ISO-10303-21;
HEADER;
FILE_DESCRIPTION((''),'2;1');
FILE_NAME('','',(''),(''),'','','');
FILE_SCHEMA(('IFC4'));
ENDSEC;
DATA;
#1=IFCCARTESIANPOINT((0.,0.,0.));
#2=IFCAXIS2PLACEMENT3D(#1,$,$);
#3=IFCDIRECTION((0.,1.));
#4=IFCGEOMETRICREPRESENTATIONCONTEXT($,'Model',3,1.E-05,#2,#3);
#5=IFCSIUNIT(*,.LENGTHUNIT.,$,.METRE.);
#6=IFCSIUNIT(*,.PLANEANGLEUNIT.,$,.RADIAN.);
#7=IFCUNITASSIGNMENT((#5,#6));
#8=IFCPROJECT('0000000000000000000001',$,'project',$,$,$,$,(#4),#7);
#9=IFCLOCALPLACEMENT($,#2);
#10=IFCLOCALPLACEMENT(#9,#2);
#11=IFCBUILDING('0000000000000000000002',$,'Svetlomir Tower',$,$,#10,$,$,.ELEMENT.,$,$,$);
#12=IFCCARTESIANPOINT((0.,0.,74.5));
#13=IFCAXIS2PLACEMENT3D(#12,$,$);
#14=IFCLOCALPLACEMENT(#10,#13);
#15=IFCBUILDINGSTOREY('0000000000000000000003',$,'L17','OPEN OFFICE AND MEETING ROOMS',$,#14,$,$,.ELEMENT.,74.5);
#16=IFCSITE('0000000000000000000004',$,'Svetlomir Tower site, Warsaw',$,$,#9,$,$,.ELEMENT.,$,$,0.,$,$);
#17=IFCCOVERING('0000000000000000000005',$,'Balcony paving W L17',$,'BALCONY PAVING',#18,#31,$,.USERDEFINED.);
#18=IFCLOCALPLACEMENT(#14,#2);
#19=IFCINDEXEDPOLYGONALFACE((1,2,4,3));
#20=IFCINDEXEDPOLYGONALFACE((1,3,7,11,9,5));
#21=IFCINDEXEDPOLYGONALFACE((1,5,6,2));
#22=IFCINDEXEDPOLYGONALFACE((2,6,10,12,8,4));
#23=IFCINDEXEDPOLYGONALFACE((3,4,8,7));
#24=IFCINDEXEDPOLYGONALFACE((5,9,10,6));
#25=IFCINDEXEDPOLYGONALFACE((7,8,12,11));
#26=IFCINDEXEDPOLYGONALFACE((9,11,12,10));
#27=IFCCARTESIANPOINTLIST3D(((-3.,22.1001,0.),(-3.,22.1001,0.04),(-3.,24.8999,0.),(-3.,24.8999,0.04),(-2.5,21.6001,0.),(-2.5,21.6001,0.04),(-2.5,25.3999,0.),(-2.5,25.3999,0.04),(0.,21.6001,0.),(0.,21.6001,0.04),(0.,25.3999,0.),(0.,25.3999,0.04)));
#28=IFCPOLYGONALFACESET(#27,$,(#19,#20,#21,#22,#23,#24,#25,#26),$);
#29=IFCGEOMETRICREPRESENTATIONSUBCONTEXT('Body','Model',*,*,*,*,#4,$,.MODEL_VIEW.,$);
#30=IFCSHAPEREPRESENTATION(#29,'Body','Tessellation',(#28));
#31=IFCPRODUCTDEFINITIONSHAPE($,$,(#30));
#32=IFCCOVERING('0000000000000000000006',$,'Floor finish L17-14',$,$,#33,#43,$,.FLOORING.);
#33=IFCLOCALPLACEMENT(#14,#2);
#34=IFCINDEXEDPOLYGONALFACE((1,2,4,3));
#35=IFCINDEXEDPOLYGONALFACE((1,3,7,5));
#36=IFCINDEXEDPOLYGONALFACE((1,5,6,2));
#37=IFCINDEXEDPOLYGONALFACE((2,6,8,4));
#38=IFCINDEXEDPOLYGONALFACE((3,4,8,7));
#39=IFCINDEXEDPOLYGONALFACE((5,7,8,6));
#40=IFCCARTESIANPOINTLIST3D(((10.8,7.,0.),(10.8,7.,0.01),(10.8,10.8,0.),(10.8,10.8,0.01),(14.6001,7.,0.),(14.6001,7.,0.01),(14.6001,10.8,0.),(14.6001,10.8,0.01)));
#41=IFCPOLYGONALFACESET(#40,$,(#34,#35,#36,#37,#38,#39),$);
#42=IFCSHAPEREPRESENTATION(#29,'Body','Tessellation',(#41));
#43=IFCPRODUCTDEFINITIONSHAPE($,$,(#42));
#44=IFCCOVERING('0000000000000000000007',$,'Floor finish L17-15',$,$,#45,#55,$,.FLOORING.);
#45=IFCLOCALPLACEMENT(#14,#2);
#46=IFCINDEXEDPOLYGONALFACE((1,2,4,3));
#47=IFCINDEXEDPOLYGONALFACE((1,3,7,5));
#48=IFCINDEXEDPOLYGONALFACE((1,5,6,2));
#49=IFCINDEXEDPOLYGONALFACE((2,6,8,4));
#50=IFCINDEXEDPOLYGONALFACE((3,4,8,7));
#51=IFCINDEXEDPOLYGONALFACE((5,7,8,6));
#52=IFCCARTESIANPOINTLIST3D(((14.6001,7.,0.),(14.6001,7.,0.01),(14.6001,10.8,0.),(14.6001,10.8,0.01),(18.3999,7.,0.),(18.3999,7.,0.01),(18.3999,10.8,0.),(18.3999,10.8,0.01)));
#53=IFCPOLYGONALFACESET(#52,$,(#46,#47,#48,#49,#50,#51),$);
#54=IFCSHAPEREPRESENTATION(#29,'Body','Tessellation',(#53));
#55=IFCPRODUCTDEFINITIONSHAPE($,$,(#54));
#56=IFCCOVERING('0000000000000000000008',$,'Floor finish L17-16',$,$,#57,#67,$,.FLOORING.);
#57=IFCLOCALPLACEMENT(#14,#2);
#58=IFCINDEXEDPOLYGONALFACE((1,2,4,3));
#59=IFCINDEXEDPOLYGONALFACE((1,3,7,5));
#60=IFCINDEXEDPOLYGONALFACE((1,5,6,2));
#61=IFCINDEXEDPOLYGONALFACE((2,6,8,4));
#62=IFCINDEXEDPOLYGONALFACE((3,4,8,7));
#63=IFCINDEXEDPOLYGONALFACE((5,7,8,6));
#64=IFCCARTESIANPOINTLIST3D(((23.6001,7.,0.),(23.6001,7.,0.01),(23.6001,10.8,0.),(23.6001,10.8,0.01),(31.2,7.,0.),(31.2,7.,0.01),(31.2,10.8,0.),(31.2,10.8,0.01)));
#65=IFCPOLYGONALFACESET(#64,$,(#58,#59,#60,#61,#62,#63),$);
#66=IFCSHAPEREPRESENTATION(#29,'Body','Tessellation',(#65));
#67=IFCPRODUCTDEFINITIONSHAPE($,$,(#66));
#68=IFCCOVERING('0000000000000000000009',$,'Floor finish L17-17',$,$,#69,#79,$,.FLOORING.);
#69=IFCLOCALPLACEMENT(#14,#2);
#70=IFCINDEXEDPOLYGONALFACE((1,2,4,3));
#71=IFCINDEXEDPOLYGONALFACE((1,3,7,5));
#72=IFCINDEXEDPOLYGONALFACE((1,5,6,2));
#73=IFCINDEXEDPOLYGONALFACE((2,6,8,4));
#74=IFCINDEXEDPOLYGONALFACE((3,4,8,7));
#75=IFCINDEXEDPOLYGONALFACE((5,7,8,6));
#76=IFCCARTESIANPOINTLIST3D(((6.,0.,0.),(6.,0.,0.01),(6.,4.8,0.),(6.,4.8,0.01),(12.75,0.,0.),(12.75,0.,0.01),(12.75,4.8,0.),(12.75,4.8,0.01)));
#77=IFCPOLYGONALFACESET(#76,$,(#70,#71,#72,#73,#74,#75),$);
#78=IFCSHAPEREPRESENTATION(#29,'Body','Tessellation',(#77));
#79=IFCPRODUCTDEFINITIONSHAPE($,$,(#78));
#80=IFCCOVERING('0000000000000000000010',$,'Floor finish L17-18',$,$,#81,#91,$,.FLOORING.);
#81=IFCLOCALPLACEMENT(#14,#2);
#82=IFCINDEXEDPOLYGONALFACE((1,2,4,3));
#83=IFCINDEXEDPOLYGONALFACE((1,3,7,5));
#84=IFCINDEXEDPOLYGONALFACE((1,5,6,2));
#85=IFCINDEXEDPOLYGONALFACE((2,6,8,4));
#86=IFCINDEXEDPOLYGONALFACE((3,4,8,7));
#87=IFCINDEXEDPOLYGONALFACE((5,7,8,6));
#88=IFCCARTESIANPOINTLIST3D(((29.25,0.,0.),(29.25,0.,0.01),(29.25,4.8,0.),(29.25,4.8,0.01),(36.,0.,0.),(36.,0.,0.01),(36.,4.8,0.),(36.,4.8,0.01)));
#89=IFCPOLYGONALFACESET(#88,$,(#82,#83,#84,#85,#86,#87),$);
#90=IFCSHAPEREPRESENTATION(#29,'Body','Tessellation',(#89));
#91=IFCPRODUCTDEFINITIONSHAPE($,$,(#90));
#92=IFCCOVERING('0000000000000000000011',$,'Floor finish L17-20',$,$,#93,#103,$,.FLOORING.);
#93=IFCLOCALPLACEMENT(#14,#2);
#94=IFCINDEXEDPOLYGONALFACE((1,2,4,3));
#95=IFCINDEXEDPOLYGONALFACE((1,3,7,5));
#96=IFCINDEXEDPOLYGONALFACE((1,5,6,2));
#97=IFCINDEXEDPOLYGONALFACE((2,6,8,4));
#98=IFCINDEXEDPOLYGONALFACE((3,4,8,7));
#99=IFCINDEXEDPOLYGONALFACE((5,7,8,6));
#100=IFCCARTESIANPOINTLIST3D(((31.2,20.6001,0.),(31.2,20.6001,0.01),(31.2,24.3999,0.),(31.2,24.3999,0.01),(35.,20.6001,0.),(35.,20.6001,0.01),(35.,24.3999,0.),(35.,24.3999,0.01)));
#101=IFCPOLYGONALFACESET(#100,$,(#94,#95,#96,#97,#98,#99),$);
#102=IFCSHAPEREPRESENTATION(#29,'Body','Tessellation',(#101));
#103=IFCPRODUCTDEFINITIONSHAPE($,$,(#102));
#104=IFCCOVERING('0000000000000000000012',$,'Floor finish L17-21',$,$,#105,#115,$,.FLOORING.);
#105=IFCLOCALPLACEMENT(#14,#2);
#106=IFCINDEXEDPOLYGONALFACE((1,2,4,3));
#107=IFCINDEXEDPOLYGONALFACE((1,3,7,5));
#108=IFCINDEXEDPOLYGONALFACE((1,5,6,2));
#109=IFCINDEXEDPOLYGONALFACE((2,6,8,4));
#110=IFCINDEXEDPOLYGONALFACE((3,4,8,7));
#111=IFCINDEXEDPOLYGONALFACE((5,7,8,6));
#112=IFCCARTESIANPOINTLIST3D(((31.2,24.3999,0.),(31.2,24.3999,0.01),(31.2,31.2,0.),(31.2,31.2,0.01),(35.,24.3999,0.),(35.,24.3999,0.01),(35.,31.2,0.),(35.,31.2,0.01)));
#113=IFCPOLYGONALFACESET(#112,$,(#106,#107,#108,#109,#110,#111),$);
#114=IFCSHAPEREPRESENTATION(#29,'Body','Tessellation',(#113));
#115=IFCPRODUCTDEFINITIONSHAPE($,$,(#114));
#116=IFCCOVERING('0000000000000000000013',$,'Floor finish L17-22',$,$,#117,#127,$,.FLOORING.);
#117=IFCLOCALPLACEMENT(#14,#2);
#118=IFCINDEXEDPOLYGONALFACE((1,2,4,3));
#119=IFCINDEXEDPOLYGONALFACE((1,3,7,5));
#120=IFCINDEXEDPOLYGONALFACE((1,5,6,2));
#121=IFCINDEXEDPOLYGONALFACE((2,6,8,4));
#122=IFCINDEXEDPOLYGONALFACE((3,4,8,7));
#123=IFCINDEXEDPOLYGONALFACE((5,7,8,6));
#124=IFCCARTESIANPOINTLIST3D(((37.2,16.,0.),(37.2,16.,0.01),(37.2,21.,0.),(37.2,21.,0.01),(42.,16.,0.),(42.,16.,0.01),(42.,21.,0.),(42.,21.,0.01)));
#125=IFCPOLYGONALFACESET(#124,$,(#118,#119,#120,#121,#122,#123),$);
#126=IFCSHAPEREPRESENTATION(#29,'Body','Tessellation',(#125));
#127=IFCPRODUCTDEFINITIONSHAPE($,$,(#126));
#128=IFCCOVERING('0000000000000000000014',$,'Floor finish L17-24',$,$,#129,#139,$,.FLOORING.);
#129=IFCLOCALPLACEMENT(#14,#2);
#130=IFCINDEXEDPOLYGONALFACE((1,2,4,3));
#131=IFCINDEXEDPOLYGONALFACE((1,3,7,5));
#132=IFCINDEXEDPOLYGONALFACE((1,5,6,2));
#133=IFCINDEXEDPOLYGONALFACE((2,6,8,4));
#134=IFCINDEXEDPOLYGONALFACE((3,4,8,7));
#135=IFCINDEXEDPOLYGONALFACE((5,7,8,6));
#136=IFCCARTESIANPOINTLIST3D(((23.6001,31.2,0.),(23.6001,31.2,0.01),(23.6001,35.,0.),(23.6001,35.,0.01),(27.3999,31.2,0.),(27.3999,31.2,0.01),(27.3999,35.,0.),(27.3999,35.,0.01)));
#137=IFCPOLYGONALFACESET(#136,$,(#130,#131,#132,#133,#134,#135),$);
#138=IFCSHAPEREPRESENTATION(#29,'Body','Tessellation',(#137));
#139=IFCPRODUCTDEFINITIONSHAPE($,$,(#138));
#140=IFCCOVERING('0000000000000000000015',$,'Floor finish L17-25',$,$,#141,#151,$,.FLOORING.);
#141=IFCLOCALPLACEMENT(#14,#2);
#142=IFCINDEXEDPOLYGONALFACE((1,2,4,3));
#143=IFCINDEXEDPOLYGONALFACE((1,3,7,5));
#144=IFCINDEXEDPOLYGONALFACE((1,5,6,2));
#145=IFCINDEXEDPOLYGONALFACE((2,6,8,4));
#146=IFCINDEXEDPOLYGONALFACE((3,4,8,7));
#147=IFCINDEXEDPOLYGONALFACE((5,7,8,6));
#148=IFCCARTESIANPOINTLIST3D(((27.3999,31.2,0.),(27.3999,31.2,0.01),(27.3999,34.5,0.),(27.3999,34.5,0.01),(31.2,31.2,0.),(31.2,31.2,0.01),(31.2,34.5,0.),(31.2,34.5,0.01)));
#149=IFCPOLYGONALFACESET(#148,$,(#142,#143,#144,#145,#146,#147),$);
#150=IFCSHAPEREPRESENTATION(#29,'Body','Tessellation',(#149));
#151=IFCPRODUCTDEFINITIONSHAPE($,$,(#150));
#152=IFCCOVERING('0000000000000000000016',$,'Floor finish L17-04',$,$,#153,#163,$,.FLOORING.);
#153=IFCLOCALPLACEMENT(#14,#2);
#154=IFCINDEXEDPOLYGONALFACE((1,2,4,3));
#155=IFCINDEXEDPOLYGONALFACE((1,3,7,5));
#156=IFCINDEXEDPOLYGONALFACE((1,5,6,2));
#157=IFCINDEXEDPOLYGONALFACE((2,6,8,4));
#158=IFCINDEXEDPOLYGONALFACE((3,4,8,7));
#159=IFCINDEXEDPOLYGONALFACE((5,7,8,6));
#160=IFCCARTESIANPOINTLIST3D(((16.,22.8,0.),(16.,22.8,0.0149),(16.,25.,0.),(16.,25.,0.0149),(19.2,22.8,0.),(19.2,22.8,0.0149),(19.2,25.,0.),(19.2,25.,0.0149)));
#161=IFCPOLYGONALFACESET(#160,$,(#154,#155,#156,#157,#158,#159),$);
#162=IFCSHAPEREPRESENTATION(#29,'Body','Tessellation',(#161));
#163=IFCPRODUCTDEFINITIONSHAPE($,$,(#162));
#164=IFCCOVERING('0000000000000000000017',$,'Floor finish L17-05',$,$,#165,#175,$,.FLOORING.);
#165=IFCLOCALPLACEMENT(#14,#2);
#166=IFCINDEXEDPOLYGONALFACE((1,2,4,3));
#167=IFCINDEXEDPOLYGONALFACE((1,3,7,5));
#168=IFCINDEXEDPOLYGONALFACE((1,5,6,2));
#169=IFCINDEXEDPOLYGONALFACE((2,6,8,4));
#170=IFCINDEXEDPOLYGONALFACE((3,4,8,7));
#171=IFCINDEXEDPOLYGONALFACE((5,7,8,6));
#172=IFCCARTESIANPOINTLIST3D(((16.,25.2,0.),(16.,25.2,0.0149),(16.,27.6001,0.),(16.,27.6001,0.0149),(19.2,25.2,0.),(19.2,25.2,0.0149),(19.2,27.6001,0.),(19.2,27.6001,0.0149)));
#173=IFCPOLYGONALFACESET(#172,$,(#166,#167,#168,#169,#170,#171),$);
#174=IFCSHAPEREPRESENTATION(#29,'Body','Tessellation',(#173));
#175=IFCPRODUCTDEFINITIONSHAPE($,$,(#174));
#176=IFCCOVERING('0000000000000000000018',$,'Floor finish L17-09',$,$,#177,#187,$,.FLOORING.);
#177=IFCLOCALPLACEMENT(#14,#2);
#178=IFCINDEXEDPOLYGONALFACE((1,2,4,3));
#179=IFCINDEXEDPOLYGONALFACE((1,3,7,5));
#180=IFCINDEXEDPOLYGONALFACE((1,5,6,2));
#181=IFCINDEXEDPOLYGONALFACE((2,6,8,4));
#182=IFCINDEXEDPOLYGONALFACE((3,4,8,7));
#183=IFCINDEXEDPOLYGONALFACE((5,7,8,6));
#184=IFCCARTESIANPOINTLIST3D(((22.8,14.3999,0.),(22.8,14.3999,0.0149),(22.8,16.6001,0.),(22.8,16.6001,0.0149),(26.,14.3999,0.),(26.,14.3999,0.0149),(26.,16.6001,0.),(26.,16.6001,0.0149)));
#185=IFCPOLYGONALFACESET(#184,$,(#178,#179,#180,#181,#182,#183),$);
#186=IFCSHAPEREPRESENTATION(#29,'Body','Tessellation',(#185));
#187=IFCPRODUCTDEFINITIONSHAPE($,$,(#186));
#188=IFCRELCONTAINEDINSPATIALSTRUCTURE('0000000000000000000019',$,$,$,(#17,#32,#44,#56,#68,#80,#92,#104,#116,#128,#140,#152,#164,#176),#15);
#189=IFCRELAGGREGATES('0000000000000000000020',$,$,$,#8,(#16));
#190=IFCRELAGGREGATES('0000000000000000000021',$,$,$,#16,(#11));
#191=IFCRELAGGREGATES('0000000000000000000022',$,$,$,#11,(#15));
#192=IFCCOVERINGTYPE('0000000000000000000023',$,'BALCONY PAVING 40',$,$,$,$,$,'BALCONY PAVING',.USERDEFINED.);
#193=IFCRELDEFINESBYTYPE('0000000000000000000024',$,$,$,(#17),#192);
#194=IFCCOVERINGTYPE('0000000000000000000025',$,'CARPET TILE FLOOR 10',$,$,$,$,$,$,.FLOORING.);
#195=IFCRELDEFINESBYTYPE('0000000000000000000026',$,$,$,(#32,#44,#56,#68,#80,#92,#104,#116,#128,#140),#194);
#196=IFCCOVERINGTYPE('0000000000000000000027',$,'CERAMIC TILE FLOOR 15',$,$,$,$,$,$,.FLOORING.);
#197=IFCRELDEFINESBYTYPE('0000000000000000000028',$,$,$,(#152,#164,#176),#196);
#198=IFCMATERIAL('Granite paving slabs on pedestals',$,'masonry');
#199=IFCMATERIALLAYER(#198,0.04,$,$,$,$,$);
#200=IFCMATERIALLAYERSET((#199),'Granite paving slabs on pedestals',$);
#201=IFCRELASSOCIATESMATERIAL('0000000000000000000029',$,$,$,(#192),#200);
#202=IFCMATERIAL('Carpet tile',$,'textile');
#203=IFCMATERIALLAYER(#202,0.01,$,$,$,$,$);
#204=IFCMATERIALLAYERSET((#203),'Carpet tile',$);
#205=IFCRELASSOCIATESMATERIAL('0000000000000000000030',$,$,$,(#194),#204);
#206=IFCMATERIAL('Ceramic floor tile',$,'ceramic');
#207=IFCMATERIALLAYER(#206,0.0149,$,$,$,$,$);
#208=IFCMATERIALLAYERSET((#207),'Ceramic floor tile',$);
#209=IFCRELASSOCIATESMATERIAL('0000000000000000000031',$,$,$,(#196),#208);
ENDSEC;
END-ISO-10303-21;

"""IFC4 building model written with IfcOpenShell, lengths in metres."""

from ifc_helpers import new_model, si_unit, direction, frame, origin, place, context, subcontext, project, spatial, polyline, outline, extrude, material, layer, layer_set, type_object, element, save


model = new_model("IFC4")

# Units and contexts
model_context = context("Model", 3, precision=1e-05, world=origin(), true_north=direction((0.0, 1.0)))
body_context = subcontext(model_context, "Body", "Model", "MODEL_VIEW")
ifc_project = project(units=[si_unit("LENGTHUNIT", "METRE"), si_unit("PLANEANGLEUNIT", "RADIAN")], contexts=[model_context])

# Site, building, storey
site_placement = place(None, origin())
site = spatial("IfcSite", under=ifc_project, at=site_placement, Name="Svetlomir Tower site, Warsaw", CompositionType="ELEMENT", RefElevation=0.0)
building_placement = place(site_placement, origin())
building = spatial("IfcBuilding", under=site, at=building_placement, Name="Svetlomir Tower", CompositionType="ELEMENT")
storey_placement = place(building_placement, frame((0.0, 0.0, 74.5)))
storey = spatial("IfcBuildingStorey", under=building, at=storey_placement, Name="L17", Description="OPEN OFFICE AND MEETING ROOMS", CompositionType="ELEMENT", Elevation=74.5)

# Coverings
ifc_material_1 = material(Name="Granite paving slabs on pedestals", Category="masonry")
ifc_layer_1 = layer(ifc_material_1, 0.04)
ifc_layer_set_1 = layer_set([ifc_layer_1], Name="Granite paving slabs on pedestals")
covering_type_1 = type_object("IfcCoveringType", Name="BALCONY PAVING 40", ElementType="BALCONY PAVING", PredefinedType="USERDEFINED", material=ifc_layer_set_1)
covering_1_placement = place(storey_placement, origin())
element("IfcCovering", 1, at=covering_1_placement, inside=storey, type_object=covering_type_1, Name="Balcony paving W L17", ObjectType="BALCONY PAVING", PredefinedType="USERDEFINED", context=body_context, shape_type="SweptSolid", body=[
    extrude(outline(polyline([(-2.5, 21.6001), (0.0, 21.6001), (0.0, 25.3999), (-2.5, 25.3999), (-3.0, 24.8999), (-3.0, 22.1001), (-2.5, 21.6001)])), origin(), (0.0, 0.0, 1.0), 0.04),
])
ifc_material_2 = material(Name="Carpet tile", Category="textile")
ifc_layer_2 = layer(ifc_material_2, 0.01)
ifc_layer_set_2 = layer_set([ifc_layer_2], Name="Carpet tile")
covering_type_2 = type_object("IfcCoveringType", Name="CARPET TILE FLOOR 10", PredefinedType="FLOORING", material=ifc_layer_set_2)
covering_2_placement = place(storey_placement, origin())
element("IfcCovering", 2, at=covering_2_placement, inside=storey, type_object=covering_type_2, Name="Floor finish L17-14", PredefinedType="FLOORING", context=body_context, shape_type="SweptSolid", body=[
    extrude(outline(polyline([(10.8, 7.0), (14.6001, 7.0), (14.6001, 10.8), (10.8, 10.8), (10.8, 7.0)])), origin(), (0.0, 0.0, 1.0), 0.01),
])
covering_3_placement = place(storey_placement, origin())
element("IfcCovering", 3, at=covering_3_placement, inside=storey, type_object=covering_type_2, Name="Floor finish L17-15", PredefinedType="FLOORING", context=body_context, shape_type="SweptSolid", body=[
    extrude(outline(polyline([(14.6001, 7.0), (18.3999, 7.0), (18.3999, 10.8), (14.6001, 10.8), (14.6001, 7.0)])), origin(), (0.0, 0.0, 1.0), 0.01),
])
covering_4_placement = place(storey_placement, origin())
element("IfcCovering", 4, at=covering_4_placement, inside=storey, type_object=covering_type_2, Name="Floor finish L17-16", PredefinedType="FLOORING", context=body_context, shape_type="SweptSolid", body=[
    extrude(outline(polyline([(23.6001, 7.0), (31.2, 7.0), (31.2, 10.8), (23.6001, 10.8), (23.6001, 7.0)])), origin(), (0.0, 0.0, 1.0), 0.01),
])
covering_5_placement = place(storey_placement, origin())
element("IfcCovering", 5, at=covering_5_placement, inside=storey, type_object=covering_type_2, Name="Floor finish L17-17", PredefinedType="FLOORING", context=body_context, shape_type="SweptSolid", body=[
    extrude(outline(polyline([(6.0, 0.0), (12.75, 0.0), (12.75, 4.8), (6.0, 4.8), (6.0, 0.0)])), origin(), (0.0, 0.0, 1.0), 0.01),
])
covering_6_placement = place(storey_placement, origin())
element("IfcCovering", 6, at=covering_6_placement, inside=storey, type_object=covering_type_2, Name="Floor finish L17-18", PredefinedType="FLOORING", context=body_context, shape_type="SweptSolid", body=[
    extrude(outline(polyline([(29.25, 0.0), (36.0, 0.0), (36.0, 4.8), (29.25, 4.8), (29.25, 0.0)])), origin(), (0.0, 0.0, 1.0), 0.01),
])
covering_7_placement = place(storey_placement, origin())
element("IfcCovering", 7, at=covering_7_placement, inside=storey, type_object=covering_type_2, Name="Floor finish L17-20", PredefinedType="FLOORING", context=body_context, shape_type="SweptSolid", body=[
    extrude(outline(polyline([(31.2, 20.6001), (35.0, 20.6001), (35.0, 24.3999), (31.2, 24.3999), (31.2, 20.6001)])), origin(), (0.0, 0.0, 1.0), 0.01),
])
covering_8_placement = place(storey_placement, origin())
element("IfcCovering", 8, at=covering_8_placement, inside=storey, type_object=covering_type_2, Name="Floor finish L17-21", PredefinedType="FLOORING", context=body_context, shape_type="SweptSolid", body=[
    extrude(outline(polyline([(31.2, 24.3999), (35.0, 24.3999), (35.0, 31.2), (31.2, 31.2), (31.2, 24.3999)])), origin(), (0.0, 0.0, 1.0), 0.01),
])
covering_9_placement = place(storey_placement, origin())
element("IfcCovering", 9, at=covering_9_placement, inside=storey, type_object=covering_type_2, Name="Floor finish L17-22", PredefinedType="FLOORING", context=body_context, shape_type="SweptSolid", body=[
    extrude(outline(polyline([(37.2, 16.0), (42.0, 16.0), (42.0, 21.0), (37.2, 21.0), (37.2, 16.0)])), origin(), (0.0, 0.0, 1.0), 0.01),
])
covering_10_placement = place(storey_placement, origin())
element("IfcCovering", 10, at=covering_10_placement, inside=storey, type_object=covering_type_2, Name="Floor finish L17-24", PredefinedType="FLOORING", context=body_context, shape_type="SweptSolid", body=[
    extrude(outline(polyline([(23.6001, 31.2), (27.3999, 31.2), (27.3999, 35.0), (23.6001, 35.0), (23.6001, 31.2)])), origin(), (0.0, 0.0, 1.0), 0.01),
])
covering_11_placement = place(storey_placement, origin())
element("IfcCovering", 11, at=covering_11_placement, inside=storey, type_object=covering_type_2, Name="Floor finish L17-25", PredefinedType="FLOORING", context=body_context, shape_type="SweptSolid", body=[
    extrude(outline(polyline([(27.3999, 31.2), (31.2, 31.2), (31.2, 34.5), (27.3999, 34.5), (27.3999, 31.2)])), origin(), (0.0, 0.0, 1.0), 0.01),
])
ifc_material_3 = material(Name="Ceramic floor tile", Category="ceramic")
ifc_layer_3 = layer(ifc_material_3, 0.0149)
ifc_layer_set_3 = layer_set([ifc_layer_3], Name="Ceramic floor tile")
covering_type_3 = type_object("IfcCoveringType", Name="CERAMIC TILE FLOOR 15", PredefinedType="FLOORING", material=ifc_layer_set_3)
covering_12_placement = place(storey_placement, origin())
element("IfcCovering", 12, at=covering_12_placement, inside=storey, type_object=covering_type_3, Name="Floor finish L17-04", PredefinedType="FLOORING", context=body_context, shape_type="SweptSolid", body=[
    extrude(outline(polyline([(16.0, 22.8), (19.2, 22.8), (19.2, 25.0), (16.0, 25.0), (16.0, 22.8)])), origin(), (0.0, 0.0, 1.0), 0.0149),
])
covering_13_placement = place(storey_placement, origin())
element("IfcCovering", 13, at=covering_13_placement, inside=storey, type_object=covering_type_3, Name="Floor finish L17-05", PredefinedType="FLOORING", context=body_context, shape_type="SweptSolid", body=[
    extrude(outline(polyline([(16.0, 25.2), (19.2, 25.2), (19.2, 27.6001), (16.0, 27.6001), (16.0, 25.2)])), origin(), (0.0, 0.0, 1.0), 0.0149),
])
covering_14_placement = place(storey_placement, origin())
element("IfcCovering", 14, at=covering_14_placement, inside=storey, type_object=covering_type_3, Name="Floor finish L17-09", PredefinedType="FLOORING", context=body_context, shape_type="SweptSolid", body=[
    extrude(outline(polyline([(22.8, 14.3999), (26.0, 14.3999), (26.0, 16.6001), (22.8, 16.6001), (22.8, 14.3999)])), origin(), (0.0, 0.0, 1.0), 0.0149),
])

save(model, "model.ifc")
